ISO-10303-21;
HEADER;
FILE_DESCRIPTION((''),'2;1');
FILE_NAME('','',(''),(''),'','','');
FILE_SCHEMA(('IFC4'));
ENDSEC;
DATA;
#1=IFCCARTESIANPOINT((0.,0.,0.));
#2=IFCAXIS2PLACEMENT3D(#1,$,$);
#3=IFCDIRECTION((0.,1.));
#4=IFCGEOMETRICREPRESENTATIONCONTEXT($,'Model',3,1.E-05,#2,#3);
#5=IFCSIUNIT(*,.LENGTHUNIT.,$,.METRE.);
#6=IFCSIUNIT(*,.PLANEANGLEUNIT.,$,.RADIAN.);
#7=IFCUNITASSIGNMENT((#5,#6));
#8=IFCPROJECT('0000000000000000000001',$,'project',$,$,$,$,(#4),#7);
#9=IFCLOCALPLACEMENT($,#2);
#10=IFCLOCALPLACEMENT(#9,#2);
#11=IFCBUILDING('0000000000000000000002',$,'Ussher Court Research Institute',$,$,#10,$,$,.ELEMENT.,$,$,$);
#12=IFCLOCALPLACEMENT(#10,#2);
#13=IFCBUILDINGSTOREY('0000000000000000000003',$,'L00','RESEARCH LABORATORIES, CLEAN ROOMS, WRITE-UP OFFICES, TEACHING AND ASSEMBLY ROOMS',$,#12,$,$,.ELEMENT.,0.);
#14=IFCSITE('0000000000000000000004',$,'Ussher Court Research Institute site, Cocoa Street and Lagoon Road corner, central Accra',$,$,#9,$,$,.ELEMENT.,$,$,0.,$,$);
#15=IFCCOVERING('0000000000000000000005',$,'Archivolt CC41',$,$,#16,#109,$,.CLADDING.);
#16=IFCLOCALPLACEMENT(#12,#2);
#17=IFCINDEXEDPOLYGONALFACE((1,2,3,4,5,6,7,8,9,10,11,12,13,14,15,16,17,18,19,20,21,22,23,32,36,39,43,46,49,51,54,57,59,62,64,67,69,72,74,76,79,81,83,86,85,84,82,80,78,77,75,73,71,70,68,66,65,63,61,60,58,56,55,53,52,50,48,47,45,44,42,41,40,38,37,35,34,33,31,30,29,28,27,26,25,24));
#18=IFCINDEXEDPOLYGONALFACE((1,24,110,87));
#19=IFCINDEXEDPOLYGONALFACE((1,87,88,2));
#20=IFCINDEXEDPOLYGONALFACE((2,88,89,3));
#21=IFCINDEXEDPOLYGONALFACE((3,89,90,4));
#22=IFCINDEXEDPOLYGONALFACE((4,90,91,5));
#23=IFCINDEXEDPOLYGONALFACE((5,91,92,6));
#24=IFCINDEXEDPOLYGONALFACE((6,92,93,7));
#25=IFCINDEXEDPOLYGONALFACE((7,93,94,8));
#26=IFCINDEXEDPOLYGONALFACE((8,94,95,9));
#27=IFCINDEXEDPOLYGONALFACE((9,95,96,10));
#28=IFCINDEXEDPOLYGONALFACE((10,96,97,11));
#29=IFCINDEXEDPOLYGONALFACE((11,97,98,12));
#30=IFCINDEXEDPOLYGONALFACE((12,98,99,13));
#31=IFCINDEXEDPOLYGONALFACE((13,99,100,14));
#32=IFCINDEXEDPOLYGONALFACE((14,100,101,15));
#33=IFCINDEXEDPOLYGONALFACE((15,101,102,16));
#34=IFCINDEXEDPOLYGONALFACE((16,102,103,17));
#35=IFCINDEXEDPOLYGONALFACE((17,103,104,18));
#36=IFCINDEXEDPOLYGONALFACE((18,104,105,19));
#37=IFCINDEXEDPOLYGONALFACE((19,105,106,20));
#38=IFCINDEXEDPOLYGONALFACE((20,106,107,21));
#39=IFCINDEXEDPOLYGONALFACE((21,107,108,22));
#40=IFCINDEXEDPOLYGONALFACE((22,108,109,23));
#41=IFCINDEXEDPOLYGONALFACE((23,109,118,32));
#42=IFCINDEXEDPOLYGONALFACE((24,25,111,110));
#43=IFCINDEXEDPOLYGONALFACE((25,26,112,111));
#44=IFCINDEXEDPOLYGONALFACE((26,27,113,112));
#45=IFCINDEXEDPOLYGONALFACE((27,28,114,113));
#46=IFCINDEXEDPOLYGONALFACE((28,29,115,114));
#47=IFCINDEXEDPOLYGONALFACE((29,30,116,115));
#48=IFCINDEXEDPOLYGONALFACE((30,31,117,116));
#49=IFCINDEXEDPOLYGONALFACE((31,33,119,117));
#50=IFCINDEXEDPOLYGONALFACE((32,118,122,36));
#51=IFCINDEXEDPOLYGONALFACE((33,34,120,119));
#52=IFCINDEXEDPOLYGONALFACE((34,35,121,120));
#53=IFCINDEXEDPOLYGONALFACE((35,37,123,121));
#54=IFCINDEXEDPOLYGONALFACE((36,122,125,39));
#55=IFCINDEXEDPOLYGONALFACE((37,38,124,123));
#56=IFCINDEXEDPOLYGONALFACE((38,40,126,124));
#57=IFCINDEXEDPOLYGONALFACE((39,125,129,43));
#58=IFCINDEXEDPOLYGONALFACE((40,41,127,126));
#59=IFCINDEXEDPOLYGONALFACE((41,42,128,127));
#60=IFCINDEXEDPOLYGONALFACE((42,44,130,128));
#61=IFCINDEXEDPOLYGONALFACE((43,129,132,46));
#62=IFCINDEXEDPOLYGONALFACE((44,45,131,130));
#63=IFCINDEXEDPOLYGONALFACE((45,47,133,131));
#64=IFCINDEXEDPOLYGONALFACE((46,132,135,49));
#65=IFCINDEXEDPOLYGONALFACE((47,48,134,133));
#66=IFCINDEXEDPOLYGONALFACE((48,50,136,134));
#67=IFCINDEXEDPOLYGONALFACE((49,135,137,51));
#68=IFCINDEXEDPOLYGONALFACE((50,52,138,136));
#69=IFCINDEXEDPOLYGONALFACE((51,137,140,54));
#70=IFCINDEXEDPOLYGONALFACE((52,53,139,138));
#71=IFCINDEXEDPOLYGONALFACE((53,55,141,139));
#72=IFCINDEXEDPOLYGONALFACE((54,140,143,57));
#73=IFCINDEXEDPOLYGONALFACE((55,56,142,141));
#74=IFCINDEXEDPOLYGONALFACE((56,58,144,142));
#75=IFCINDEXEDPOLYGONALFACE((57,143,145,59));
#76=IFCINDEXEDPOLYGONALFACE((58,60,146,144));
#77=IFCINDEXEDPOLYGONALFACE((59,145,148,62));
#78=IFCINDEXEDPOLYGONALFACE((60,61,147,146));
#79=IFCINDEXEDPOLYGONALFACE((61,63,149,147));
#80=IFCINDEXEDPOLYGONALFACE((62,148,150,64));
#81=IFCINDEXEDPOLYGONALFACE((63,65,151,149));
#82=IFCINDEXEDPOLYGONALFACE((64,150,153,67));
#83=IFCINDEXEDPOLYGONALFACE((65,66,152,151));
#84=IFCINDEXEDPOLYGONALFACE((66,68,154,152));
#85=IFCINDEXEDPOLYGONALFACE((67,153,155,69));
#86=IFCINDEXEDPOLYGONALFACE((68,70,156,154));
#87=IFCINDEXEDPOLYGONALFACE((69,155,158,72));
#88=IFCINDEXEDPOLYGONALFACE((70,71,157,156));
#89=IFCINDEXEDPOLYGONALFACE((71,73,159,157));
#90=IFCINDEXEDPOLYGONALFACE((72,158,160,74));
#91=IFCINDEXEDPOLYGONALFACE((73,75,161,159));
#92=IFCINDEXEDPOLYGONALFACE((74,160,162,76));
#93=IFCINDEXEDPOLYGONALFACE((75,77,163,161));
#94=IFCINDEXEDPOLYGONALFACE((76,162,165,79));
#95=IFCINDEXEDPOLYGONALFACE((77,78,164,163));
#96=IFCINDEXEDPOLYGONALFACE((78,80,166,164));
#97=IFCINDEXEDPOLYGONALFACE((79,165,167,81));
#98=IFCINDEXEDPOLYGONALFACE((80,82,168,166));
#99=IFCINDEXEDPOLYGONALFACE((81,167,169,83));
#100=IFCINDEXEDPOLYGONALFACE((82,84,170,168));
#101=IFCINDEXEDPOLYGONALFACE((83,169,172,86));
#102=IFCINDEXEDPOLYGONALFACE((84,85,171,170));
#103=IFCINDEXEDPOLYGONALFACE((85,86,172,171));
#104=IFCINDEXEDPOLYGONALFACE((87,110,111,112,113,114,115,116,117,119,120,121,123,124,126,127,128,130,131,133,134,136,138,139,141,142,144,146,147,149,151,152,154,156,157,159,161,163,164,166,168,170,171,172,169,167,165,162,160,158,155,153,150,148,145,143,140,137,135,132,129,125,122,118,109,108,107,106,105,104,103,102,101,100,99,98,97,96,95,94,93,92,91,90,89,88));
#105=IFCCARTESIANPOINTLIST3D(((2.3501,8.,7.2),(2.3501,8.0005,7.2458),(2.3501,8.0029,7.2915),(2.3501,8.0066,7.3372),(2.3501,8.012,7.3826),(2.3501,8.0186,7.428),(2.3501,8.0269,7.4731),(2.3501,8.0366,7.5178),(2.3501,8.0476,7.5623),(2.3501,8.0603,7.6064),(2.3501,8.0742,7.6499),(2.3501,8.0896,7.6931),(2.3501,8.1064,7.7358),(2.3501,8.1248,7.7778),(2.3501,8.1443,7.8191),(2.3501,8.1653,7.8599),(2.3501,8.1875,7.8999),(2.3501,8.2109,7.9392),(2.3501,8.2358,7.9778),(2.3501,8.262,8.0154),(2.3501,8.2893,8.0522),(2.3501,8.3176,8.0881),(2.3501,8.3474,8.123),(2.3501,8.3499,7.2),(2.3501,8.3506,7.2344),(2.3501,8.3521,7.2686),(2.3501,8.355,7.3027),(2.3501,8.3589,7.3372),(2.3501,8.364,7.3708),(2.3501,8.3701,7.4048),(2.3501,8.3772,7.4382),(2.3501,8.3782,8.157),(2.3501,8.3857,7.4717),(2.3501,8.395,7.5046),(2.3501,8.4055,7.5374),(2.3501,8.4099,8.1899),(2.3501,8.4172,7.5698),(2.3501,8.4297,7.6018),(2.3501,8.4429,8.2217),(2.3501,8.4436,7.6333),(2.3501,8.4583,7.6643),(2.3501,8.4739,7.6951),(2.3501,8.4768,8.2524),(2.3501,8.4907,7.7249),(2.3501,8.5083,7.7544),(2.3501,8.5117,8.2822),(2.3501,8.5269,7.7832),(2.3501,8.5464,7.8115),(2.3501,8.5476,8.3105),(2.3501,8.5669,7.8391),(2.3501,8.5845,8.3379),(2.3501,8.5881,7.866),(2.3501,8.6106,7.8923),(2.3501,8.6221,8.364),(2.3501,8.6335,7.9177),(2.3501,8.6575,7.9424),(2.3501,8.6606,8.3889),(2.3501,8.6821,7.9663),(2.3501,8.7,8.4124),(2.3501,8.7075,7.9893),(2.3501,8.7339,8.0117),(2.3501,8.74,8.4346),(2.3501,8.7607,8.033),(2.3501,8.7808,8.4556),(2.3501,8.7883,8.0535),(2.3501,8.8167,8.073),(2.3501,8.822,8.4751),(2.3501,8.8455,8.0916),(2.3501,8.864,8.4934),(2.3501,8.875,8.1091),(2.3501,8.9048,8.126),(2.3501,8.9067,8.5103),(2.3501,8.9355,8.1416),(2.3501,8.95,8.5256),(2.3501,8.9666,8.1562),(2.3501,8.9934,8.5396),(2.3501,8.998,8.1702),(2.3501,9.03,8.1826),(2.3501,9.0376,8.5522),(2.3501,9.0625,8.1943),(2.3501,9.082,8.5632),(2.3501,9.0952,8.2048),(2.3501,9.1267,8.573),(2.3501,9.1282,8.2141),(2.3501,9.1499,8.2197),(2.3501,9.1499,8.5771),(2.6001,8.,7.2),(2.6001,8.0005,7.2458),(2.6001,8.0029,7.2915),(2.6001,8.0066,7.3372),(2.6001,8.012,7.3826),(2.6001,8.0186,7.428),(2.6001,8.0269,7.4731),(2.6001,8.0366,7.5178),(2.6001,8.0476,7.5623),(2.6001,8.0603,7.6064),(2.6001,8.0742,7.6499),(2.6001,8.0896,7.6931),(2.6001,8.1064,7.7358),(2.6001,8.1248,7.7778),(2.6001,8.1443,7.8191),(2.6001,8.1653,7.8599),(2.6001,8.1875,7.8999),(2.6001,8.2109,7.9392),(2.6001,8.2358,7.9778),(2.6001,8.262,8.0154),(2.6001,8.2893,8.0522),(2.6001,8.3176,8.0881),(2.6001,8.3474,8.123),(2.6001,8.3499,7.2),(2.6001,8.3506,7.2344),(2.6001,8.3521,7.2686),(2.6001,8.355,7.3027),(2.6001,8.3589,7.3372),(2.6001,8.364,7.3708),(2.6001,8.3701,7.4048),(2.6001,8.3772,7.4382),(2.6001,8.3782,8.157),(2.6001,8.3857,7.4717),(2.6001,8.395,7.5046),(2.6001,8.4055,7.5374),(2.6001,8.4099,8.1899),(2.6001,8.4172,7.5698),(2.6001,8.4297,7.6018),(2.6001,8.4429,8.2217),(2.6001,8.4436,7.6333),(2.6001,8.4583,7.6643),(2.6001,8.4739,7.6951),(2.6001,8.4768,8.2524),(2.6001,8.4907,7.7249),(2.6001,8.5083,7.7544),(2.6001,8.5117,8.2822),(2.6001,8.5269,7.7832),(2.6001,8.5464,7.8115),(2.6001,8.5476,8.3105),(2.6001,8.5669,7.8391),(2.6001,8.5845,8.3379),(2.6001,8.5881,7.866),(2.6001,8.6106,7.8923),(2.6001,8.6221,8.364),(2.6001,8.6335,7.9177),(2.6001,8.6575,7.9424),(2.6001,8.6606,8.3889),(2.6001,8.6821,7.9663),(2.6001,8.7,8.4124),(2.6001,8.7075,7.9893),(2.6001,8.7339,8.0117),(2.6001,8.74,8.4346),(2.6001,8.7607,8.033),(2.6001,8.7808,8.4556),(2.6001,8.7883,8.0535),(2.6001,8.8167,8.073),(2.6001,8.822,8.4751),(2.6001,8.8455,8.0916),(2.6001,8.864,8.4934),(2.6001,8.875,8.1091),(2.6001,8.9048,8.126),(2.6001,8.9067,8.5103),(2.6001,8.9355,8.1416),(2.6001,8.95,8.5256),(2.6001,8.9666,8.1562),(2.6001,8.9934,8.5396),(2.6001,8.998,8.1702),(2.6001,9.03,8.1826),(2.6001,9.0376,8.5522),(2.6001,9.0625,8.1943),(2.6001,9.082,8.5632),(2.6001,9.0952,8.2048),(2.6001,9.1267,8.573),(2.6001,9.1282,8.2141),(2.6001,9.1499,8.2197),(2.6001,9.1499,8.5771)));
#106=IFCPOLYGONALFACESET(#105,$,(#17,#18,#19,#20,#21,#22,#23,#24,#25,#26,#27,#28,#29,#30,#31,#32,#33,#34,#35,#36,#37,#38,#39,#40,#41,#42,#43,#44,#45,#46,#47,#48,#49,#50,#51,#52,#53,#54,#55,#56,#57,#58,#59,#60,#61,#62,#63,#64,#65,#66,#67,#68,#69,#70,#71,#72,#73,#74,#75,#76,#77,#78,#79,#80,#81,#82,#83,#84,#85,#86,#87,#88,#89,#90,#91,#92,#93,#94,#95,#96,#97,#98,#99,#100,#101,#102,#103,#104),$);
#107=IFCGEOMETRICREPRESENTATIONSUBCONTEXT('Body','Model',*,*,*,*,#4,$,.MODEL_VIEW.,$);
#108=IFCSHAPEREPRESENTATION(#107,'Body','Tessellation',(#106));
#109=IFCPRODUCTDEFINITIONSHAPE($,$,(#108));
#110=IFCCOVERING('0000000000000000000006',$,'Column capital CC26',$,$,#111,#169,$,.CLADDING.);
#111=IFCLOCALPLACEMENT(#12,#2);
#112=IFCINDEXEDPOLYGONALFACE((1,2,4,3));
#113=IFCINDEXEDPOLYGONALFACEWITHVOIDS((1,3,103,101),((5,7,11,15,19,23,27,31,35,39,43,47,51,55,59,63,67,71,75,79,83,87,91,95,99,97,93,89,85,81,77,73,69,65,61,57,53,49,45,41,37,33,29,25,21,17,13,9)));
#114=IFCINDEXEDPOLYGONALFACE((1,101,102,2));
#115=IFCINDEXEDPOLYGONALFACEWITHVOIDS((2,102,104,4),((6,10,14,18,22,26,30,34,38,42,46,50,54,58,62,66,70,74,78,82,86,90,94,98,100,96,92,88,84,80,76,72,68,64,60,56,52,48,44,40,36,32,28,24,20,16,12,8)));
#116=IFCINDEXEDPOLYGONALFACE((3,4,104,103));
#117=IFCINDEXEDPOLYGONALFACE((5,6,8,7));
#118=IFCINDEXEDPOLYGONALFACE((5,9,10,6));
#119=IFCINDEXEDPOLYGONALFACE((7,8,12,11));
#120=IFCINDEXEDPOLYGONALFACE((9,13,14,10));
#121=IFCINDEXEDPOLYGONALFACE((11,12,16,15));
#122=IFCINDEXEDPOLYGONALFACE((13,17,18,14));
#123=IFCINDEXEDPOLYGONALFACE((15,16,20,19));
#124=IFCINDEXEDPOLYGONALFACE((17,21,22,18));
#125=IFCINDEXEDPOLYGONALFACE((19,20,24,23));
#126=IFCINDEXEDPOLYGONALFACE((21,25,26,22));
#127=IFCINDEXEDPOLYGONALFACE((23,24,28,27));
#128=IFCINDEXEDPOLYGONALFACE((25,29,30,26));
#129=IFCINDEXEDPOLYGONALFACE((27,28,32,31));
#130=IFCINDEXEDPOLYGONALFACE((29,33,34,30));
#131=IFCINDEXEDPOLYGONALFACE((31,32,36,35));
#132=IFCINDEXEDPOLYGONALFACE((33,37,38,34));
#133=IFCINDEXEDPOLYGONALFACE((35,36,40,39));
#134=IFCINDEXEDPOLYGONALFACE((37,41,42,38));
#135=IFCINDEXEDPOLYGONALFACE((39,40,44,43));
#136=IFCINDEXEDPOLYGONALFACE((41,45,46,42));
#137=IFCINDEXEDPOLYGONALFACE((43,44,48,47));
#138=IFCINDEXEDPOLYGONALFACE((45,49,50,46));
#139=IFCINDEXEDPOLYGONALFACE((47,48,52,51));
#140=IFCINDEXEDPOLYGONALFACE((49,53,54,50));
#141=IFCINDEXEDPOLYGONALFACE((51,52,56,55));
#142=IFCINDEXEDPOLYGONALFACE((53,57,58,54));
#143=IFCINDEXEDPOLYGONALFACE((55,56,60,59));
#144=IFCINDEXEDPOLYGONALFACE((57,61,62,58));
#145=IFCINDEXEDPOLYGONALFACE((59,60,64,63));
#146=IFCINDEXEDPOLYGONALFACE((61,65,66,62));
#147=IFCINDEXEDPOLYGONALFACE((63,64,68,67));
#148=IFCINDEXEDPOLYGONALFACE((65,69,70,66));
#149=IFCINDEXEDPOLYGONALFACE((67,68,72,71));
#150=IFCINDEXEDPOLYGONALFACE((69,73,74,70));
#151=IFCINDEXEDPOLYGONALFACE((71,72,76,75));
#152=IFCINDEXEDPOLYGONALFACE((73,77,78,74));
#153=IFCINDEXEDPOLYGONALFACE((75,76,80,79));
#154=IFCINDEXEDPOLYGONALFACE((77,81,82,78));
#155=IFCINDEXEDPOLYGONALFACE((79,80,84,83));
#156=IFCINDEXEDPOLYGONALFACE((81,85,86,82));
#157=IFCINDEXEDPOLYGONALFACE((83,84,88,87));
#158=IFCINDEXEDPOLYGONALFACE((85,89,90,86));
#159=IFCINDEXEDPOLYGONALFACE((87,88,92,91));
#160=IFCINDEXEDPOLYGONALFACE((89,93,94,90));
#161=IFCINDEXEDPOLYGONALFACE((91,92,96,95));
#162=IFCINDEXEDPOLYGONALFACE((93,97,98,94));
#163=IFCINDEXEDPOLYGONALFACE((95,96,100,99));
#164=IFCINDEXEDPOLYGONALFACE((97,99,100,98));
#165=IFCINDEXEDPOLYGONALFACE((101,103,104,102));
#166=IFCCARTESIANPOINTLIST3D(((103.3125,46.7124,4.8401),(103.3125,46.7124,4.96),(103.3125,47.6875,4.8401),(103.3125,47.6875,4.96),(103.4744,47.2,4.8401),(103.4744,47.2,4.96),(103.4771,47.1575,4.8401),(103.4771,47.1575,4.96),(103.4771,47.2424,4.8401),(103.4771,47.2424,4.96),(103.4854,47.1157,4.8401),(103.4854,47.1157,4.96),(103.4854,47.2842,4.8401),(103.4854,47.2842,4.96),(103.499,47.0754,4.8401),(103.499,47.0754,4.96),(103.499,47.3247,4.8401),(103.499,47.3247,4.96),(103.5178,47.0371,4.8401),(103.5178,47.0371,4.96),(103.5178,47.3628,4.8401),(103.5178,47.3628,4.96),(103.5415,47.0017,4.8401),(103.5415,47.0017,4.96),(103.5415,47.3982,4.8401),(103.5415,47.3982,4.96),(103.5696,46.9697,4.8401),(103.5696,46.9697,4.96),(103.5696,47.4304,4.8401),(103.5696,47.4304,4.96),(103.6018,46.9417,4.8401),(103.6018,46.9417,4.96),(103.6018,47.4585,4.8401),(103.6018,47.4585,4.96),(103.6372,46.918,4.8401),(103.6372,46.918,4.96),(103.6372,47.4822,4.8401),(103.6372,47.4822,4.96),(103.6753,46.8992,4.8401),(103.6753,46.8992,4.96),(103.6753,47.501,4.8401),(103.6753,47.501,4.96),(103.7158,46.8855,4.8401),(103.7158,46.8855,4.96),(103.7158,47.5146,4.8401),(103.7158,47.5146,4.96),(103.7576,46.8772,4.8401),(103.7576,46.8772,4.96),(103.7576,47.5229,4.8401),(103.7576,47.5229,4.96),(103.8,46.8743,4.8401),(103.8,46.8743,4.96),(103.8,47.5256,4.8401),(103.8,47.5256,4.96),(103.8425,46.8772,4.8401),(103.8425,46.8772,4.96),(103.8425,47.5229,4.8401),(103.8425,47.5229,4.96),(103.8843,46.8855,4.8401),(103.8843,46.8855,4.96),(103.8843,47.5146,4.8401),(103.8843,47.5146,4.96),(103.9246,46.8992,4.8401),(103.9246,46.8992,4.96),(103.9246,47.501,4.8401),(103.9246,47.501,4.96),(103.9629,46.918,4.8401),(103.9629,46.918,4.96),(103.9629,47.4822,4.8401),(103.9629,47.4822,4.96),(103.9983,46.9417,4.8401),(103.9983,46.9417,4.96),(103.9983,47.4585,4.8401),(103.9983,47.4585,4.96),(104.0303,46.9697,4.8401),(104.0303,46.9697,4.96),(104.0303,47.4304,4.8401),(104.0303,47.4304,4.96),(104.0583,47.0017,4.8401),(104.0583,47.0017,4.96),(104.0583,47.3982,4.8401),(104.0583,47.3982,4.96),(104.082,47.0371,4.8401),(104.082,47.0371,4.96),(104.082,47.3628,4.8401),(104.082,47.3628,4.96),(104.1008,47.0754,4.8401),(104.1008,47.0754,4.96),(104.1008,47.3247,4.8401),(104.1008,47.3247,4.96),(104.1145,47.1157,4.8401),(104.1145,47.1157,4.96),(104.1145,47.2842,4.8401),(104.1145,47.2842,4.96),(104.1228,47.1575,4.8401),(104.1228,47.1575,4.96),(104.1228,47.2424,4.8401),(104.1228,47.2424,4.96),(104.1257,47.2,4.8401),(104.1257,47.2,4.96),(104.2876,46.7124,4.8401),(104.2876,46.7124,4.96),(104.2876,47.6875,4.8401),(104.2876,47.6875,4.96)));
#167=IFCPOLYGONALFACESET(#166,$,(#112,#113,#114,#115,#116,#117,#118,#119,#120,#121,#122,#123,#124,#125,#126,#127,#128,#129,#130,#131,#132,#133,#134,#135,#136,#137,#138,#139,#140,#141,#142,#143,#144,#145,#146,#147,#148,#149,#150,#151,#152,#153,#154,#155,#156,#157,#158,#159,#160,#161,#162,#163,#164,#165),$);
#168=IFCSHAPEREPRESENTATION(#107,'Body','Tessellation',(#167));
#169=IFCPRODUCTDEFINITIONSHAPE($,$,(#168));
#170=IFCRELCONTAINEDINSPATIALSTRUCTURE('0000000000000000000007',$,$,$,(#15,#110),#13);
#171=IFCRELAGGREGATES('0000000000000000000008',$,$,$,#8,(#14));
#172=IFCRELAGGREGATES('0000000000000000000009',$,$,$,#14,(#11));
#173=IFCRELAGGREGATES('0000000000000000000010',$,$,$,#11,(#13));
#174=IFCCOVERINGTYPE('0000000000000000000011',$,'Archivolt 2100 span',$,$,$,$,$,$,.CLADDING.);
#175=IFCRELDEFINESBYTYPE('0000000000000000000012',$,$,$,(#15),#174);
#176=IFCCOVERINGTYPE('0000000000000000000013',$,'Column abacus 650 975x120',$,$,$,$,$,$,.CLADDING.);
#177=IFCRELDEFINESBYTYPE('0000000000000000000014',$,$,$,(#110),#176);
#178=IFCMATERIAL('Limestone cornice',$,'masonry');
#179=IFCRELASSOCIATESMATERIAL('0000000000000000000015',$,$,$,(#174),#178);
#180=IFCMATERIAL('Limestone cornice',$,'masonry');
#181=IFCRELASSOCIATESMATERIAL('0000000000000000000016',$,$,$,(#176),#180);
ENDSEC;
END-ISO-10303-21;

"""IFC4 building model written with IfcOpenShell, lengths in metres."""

from ifc_helpers import new_model, si_unit, direction, frame, origin, place, context, subcontext, project, spatial, polyline, outline, extrude, material, type_object, element, save


model = new_model("IFC4")

# Units and contexts
model_context = context("Model", 3, precision=1e-05, world=origin(), true_north=direction((0.0, 1.0)))
body_context = subcontext(model_context, "Body", "Model", "MODEL_VIEW")
ifc_project = project(units=[si_unit("LENGTHUNIT", "METRE"), si_unit("PLANEANGLEUNIT", "RADIAN")], contexts=[model_context])

# Site, building, storey
site_placement = place(None, origin())
site = spatial("IfcSite", under=ifc_project, at=site_placement, Name="Ussher Court Research Institute site, Cocoa Street and Lagoon Road corner, central Accra", CompositionType="ELEMENT", RefElevation=0.0)
building_placement = place(site_placement, origin())
building = spatial("IfcBuilding", under=site, at=building_placement, Name="Ussher Court Research Institute", CompositionType="ELEMENT")
storey_placement = place(building_placement, origin())
storey = spatial("IfcBuildingStorey", under=building, at=storey_placement, Name="L00", Description="RESEARCH LABORATORIES, CLEAN ROOMS, WRITE-UP OFFICES, TEACHING AND ASSEMBLY ROOMS", CompositionType="ELEMENT", Elevation=0.0)

# Coverings
ifc_material_1 = material(Name="Limestone cornice", Category="masonry")
covering_type_1 = type_object("IfcCoveringType", Name="Archivolt 2100 span", PredefinedType="CLADDING", material=ifc_material_1)
covering_1_placement = place(storey_placement, frame((2.3501, 9.3999, 7.2), z_axis=(1.0, 0.0, 0.0), x_axis=(0.0, 1.0, 0.0)))
element("IfcCovering", 1, at=covering_1_placement, inside=storey, type_object=covering_type_1, Name="Archivolt CC41", PredefinedType="CLADDING", context=body_context, shape_type="SweptSolid", body=[
    extrude(outline(polyline([(-0.2732, 1.373), (-0.3179, 1.3633), (-0.3623, 1.3523), (-0.4065, 1.3396), (-0.45, 1.3257), (-0.4932, 1.3103), (-0.5359, 1.2935), (-0.5779, 1.2751), (-0.6191, 1.2556), (-0.6599, 1.2346), (-0.7, 1.2124), (-0.7393, 1.189), (-0.7778, 1.1641), (-0.8154, 1.1379), (-0.8523, 1.1106), (-0.8882, 1.0823), (-0.9231, 1.0525), (-0.957, 1.0217), (-0.99, 0.99), (-1.0217, 0.957), (-1.0525, 0.9231), (-1.0823, 0.8882), (-1.1106, 0.8523), (-1.1379, 0.8154), (-1.1641, 0.7778), (-1.189, 0.7393), (-1.2124, 0.7), (-1.2346, 0.6599), (-1.2556, 0.6191), (-1.2751, 0.5779), (-1.2935, 0.5359), (-1.3103, 0.4932), (-1.3257, 0.45), (-1.3396, 0.4065), (-1.3523, 0.3623), (-1.3633, 0.3179), (-1.373, 0.2732), (-1.3813, 0.228), (-1.3879, 0.1826), (-1.3933, 0.1372), (-1.397, 0.0916), (-1.3994, 0.0459), (-1.3999, 0.0), (-1.05, 0.0), (-1.0493, 0.0344), (-1.0479, 0.0686), (-1.0449, 0.1028), (-1.041, 0.1372), (-1.0359, 0.1709), (-1.0298, 0.2048), (-1.0227, 0.2383), (-1.0142, 0.2717), (-1.0049, 0.3047), (-0.9944, 0.3374), (-0.9827, 0.3699), (-0.9702, 0.4019), (-0.9563, 0.4333), (-0.9417, 0.4644), (-0.926, 0.4951), (-0.9092, 0.5249), (-0.8916, 0.5544), (-0.873, 0.5833), (-0.8535, 0.6116), (-0.833, 0.6392), (-0.8118, 0.666), (-0.7893, 0.6924), (-0.7664, 0.7178), (-0.7424, 0.7424), (-0.7178, 0.7664), (-0.6924, 0.7893), (-0.666, 0.8118), (-0.6392, 0.833), (-0.6116, 0.8535), (-0.5833, 0.873), (-0.5544, 0.8916), (-0.5249, 0.9092), (-0.4951, 0.926), (-0.4644, 0.9417), (-0.4333, 0.9563), (-0.4019, 0.9702), (-0.3699, 0.9827), (-0.3374, 0.9944), (-0.3047, 1.0049), (-0.2717, 1.0142), (-0.25, 1.0198), (-0.25, 1.3772), (-0.2732, 1.373)])), origin(), (0.0, 0.0, 1.0), 0.25),
])
ifc_material_2 = material(Name="Limestone cornice", Category="masonry")
covering_type_2 = type_object("IfcCoveringType", Name="Column abacus 650 975x120", PredefinedType="CLADDING", material=ifc_material_2)
covering_2_placement = place(storey_placement, frame((0.0, 0.0, 4.8401)))
element("IfcCovering", 2, at=covering_2_placement, inside=storey, type_object=covering_type_2, Name="Column capital CC26", PredefinedType="CLADDING", context=body_context, shape_type="SweptSolid", body=[
    extrude(outline(polyline([(104.2876, 46.7124), (104.2876, 47.6875), (103.3125, 47.6875), (103.3125, 46.7124), (104.2876, 46.7124)]), holes=[polyline([(104.1257, 47.2), (104.1228, 47.2424), (104.1145, 47.2842), (104.1008, 47.3247), (104.082, 47.3628), (104.0583, 47.3982), (104.0303, 47.4304), (103.9983, 47.4585), (103.9629, 47.4822), (103.9246, 47.501), (103.8843, 47.5146), (103.8425, 47.5229), (103.8, 47.5256), (103.7576, 47.5229), (103.7158, 47.5146), (103.6753, 47.501), (103.6372, 47.4822), (103.6018, 47.4585), (103.5696, 47.4304), (103.5415, 47.3982), (103.5178, 47.3628), (103.499, 47.3247), (103.4854, 47.2842), (103.4771, 47.2424), (103.4744, 47.2), (103.4771, 47.1575), (103.4854, 47.1157), (103.499, 47.0754), (103.5178, 47.0371), (103.5415, 47.0017), (103.5696, 46.9697), (103.6018, 46.9417), (103.6372, 46.918), (103.6753, 46.8992), (103.7158, 46.8855), (103.7576, 46.8772), (103.8, 46.8743), (103.8425, 46.8772), (103.8843, 46.8855), (103.9246, 46.8992), (103.9629, 46.918), (103.9983, 46.9417), (104.0303, 46.9697), (104.0583, 47.0017), (104.082, 47.0371), (104.1008, 47.0754), (104.1145, 47.1157), (104.1228, 47.1575), (104.1257, 47.2)])]), origin(), (0.0, 0.0, 1.0), 0.1199),
])

save(model, "model.ifc")
